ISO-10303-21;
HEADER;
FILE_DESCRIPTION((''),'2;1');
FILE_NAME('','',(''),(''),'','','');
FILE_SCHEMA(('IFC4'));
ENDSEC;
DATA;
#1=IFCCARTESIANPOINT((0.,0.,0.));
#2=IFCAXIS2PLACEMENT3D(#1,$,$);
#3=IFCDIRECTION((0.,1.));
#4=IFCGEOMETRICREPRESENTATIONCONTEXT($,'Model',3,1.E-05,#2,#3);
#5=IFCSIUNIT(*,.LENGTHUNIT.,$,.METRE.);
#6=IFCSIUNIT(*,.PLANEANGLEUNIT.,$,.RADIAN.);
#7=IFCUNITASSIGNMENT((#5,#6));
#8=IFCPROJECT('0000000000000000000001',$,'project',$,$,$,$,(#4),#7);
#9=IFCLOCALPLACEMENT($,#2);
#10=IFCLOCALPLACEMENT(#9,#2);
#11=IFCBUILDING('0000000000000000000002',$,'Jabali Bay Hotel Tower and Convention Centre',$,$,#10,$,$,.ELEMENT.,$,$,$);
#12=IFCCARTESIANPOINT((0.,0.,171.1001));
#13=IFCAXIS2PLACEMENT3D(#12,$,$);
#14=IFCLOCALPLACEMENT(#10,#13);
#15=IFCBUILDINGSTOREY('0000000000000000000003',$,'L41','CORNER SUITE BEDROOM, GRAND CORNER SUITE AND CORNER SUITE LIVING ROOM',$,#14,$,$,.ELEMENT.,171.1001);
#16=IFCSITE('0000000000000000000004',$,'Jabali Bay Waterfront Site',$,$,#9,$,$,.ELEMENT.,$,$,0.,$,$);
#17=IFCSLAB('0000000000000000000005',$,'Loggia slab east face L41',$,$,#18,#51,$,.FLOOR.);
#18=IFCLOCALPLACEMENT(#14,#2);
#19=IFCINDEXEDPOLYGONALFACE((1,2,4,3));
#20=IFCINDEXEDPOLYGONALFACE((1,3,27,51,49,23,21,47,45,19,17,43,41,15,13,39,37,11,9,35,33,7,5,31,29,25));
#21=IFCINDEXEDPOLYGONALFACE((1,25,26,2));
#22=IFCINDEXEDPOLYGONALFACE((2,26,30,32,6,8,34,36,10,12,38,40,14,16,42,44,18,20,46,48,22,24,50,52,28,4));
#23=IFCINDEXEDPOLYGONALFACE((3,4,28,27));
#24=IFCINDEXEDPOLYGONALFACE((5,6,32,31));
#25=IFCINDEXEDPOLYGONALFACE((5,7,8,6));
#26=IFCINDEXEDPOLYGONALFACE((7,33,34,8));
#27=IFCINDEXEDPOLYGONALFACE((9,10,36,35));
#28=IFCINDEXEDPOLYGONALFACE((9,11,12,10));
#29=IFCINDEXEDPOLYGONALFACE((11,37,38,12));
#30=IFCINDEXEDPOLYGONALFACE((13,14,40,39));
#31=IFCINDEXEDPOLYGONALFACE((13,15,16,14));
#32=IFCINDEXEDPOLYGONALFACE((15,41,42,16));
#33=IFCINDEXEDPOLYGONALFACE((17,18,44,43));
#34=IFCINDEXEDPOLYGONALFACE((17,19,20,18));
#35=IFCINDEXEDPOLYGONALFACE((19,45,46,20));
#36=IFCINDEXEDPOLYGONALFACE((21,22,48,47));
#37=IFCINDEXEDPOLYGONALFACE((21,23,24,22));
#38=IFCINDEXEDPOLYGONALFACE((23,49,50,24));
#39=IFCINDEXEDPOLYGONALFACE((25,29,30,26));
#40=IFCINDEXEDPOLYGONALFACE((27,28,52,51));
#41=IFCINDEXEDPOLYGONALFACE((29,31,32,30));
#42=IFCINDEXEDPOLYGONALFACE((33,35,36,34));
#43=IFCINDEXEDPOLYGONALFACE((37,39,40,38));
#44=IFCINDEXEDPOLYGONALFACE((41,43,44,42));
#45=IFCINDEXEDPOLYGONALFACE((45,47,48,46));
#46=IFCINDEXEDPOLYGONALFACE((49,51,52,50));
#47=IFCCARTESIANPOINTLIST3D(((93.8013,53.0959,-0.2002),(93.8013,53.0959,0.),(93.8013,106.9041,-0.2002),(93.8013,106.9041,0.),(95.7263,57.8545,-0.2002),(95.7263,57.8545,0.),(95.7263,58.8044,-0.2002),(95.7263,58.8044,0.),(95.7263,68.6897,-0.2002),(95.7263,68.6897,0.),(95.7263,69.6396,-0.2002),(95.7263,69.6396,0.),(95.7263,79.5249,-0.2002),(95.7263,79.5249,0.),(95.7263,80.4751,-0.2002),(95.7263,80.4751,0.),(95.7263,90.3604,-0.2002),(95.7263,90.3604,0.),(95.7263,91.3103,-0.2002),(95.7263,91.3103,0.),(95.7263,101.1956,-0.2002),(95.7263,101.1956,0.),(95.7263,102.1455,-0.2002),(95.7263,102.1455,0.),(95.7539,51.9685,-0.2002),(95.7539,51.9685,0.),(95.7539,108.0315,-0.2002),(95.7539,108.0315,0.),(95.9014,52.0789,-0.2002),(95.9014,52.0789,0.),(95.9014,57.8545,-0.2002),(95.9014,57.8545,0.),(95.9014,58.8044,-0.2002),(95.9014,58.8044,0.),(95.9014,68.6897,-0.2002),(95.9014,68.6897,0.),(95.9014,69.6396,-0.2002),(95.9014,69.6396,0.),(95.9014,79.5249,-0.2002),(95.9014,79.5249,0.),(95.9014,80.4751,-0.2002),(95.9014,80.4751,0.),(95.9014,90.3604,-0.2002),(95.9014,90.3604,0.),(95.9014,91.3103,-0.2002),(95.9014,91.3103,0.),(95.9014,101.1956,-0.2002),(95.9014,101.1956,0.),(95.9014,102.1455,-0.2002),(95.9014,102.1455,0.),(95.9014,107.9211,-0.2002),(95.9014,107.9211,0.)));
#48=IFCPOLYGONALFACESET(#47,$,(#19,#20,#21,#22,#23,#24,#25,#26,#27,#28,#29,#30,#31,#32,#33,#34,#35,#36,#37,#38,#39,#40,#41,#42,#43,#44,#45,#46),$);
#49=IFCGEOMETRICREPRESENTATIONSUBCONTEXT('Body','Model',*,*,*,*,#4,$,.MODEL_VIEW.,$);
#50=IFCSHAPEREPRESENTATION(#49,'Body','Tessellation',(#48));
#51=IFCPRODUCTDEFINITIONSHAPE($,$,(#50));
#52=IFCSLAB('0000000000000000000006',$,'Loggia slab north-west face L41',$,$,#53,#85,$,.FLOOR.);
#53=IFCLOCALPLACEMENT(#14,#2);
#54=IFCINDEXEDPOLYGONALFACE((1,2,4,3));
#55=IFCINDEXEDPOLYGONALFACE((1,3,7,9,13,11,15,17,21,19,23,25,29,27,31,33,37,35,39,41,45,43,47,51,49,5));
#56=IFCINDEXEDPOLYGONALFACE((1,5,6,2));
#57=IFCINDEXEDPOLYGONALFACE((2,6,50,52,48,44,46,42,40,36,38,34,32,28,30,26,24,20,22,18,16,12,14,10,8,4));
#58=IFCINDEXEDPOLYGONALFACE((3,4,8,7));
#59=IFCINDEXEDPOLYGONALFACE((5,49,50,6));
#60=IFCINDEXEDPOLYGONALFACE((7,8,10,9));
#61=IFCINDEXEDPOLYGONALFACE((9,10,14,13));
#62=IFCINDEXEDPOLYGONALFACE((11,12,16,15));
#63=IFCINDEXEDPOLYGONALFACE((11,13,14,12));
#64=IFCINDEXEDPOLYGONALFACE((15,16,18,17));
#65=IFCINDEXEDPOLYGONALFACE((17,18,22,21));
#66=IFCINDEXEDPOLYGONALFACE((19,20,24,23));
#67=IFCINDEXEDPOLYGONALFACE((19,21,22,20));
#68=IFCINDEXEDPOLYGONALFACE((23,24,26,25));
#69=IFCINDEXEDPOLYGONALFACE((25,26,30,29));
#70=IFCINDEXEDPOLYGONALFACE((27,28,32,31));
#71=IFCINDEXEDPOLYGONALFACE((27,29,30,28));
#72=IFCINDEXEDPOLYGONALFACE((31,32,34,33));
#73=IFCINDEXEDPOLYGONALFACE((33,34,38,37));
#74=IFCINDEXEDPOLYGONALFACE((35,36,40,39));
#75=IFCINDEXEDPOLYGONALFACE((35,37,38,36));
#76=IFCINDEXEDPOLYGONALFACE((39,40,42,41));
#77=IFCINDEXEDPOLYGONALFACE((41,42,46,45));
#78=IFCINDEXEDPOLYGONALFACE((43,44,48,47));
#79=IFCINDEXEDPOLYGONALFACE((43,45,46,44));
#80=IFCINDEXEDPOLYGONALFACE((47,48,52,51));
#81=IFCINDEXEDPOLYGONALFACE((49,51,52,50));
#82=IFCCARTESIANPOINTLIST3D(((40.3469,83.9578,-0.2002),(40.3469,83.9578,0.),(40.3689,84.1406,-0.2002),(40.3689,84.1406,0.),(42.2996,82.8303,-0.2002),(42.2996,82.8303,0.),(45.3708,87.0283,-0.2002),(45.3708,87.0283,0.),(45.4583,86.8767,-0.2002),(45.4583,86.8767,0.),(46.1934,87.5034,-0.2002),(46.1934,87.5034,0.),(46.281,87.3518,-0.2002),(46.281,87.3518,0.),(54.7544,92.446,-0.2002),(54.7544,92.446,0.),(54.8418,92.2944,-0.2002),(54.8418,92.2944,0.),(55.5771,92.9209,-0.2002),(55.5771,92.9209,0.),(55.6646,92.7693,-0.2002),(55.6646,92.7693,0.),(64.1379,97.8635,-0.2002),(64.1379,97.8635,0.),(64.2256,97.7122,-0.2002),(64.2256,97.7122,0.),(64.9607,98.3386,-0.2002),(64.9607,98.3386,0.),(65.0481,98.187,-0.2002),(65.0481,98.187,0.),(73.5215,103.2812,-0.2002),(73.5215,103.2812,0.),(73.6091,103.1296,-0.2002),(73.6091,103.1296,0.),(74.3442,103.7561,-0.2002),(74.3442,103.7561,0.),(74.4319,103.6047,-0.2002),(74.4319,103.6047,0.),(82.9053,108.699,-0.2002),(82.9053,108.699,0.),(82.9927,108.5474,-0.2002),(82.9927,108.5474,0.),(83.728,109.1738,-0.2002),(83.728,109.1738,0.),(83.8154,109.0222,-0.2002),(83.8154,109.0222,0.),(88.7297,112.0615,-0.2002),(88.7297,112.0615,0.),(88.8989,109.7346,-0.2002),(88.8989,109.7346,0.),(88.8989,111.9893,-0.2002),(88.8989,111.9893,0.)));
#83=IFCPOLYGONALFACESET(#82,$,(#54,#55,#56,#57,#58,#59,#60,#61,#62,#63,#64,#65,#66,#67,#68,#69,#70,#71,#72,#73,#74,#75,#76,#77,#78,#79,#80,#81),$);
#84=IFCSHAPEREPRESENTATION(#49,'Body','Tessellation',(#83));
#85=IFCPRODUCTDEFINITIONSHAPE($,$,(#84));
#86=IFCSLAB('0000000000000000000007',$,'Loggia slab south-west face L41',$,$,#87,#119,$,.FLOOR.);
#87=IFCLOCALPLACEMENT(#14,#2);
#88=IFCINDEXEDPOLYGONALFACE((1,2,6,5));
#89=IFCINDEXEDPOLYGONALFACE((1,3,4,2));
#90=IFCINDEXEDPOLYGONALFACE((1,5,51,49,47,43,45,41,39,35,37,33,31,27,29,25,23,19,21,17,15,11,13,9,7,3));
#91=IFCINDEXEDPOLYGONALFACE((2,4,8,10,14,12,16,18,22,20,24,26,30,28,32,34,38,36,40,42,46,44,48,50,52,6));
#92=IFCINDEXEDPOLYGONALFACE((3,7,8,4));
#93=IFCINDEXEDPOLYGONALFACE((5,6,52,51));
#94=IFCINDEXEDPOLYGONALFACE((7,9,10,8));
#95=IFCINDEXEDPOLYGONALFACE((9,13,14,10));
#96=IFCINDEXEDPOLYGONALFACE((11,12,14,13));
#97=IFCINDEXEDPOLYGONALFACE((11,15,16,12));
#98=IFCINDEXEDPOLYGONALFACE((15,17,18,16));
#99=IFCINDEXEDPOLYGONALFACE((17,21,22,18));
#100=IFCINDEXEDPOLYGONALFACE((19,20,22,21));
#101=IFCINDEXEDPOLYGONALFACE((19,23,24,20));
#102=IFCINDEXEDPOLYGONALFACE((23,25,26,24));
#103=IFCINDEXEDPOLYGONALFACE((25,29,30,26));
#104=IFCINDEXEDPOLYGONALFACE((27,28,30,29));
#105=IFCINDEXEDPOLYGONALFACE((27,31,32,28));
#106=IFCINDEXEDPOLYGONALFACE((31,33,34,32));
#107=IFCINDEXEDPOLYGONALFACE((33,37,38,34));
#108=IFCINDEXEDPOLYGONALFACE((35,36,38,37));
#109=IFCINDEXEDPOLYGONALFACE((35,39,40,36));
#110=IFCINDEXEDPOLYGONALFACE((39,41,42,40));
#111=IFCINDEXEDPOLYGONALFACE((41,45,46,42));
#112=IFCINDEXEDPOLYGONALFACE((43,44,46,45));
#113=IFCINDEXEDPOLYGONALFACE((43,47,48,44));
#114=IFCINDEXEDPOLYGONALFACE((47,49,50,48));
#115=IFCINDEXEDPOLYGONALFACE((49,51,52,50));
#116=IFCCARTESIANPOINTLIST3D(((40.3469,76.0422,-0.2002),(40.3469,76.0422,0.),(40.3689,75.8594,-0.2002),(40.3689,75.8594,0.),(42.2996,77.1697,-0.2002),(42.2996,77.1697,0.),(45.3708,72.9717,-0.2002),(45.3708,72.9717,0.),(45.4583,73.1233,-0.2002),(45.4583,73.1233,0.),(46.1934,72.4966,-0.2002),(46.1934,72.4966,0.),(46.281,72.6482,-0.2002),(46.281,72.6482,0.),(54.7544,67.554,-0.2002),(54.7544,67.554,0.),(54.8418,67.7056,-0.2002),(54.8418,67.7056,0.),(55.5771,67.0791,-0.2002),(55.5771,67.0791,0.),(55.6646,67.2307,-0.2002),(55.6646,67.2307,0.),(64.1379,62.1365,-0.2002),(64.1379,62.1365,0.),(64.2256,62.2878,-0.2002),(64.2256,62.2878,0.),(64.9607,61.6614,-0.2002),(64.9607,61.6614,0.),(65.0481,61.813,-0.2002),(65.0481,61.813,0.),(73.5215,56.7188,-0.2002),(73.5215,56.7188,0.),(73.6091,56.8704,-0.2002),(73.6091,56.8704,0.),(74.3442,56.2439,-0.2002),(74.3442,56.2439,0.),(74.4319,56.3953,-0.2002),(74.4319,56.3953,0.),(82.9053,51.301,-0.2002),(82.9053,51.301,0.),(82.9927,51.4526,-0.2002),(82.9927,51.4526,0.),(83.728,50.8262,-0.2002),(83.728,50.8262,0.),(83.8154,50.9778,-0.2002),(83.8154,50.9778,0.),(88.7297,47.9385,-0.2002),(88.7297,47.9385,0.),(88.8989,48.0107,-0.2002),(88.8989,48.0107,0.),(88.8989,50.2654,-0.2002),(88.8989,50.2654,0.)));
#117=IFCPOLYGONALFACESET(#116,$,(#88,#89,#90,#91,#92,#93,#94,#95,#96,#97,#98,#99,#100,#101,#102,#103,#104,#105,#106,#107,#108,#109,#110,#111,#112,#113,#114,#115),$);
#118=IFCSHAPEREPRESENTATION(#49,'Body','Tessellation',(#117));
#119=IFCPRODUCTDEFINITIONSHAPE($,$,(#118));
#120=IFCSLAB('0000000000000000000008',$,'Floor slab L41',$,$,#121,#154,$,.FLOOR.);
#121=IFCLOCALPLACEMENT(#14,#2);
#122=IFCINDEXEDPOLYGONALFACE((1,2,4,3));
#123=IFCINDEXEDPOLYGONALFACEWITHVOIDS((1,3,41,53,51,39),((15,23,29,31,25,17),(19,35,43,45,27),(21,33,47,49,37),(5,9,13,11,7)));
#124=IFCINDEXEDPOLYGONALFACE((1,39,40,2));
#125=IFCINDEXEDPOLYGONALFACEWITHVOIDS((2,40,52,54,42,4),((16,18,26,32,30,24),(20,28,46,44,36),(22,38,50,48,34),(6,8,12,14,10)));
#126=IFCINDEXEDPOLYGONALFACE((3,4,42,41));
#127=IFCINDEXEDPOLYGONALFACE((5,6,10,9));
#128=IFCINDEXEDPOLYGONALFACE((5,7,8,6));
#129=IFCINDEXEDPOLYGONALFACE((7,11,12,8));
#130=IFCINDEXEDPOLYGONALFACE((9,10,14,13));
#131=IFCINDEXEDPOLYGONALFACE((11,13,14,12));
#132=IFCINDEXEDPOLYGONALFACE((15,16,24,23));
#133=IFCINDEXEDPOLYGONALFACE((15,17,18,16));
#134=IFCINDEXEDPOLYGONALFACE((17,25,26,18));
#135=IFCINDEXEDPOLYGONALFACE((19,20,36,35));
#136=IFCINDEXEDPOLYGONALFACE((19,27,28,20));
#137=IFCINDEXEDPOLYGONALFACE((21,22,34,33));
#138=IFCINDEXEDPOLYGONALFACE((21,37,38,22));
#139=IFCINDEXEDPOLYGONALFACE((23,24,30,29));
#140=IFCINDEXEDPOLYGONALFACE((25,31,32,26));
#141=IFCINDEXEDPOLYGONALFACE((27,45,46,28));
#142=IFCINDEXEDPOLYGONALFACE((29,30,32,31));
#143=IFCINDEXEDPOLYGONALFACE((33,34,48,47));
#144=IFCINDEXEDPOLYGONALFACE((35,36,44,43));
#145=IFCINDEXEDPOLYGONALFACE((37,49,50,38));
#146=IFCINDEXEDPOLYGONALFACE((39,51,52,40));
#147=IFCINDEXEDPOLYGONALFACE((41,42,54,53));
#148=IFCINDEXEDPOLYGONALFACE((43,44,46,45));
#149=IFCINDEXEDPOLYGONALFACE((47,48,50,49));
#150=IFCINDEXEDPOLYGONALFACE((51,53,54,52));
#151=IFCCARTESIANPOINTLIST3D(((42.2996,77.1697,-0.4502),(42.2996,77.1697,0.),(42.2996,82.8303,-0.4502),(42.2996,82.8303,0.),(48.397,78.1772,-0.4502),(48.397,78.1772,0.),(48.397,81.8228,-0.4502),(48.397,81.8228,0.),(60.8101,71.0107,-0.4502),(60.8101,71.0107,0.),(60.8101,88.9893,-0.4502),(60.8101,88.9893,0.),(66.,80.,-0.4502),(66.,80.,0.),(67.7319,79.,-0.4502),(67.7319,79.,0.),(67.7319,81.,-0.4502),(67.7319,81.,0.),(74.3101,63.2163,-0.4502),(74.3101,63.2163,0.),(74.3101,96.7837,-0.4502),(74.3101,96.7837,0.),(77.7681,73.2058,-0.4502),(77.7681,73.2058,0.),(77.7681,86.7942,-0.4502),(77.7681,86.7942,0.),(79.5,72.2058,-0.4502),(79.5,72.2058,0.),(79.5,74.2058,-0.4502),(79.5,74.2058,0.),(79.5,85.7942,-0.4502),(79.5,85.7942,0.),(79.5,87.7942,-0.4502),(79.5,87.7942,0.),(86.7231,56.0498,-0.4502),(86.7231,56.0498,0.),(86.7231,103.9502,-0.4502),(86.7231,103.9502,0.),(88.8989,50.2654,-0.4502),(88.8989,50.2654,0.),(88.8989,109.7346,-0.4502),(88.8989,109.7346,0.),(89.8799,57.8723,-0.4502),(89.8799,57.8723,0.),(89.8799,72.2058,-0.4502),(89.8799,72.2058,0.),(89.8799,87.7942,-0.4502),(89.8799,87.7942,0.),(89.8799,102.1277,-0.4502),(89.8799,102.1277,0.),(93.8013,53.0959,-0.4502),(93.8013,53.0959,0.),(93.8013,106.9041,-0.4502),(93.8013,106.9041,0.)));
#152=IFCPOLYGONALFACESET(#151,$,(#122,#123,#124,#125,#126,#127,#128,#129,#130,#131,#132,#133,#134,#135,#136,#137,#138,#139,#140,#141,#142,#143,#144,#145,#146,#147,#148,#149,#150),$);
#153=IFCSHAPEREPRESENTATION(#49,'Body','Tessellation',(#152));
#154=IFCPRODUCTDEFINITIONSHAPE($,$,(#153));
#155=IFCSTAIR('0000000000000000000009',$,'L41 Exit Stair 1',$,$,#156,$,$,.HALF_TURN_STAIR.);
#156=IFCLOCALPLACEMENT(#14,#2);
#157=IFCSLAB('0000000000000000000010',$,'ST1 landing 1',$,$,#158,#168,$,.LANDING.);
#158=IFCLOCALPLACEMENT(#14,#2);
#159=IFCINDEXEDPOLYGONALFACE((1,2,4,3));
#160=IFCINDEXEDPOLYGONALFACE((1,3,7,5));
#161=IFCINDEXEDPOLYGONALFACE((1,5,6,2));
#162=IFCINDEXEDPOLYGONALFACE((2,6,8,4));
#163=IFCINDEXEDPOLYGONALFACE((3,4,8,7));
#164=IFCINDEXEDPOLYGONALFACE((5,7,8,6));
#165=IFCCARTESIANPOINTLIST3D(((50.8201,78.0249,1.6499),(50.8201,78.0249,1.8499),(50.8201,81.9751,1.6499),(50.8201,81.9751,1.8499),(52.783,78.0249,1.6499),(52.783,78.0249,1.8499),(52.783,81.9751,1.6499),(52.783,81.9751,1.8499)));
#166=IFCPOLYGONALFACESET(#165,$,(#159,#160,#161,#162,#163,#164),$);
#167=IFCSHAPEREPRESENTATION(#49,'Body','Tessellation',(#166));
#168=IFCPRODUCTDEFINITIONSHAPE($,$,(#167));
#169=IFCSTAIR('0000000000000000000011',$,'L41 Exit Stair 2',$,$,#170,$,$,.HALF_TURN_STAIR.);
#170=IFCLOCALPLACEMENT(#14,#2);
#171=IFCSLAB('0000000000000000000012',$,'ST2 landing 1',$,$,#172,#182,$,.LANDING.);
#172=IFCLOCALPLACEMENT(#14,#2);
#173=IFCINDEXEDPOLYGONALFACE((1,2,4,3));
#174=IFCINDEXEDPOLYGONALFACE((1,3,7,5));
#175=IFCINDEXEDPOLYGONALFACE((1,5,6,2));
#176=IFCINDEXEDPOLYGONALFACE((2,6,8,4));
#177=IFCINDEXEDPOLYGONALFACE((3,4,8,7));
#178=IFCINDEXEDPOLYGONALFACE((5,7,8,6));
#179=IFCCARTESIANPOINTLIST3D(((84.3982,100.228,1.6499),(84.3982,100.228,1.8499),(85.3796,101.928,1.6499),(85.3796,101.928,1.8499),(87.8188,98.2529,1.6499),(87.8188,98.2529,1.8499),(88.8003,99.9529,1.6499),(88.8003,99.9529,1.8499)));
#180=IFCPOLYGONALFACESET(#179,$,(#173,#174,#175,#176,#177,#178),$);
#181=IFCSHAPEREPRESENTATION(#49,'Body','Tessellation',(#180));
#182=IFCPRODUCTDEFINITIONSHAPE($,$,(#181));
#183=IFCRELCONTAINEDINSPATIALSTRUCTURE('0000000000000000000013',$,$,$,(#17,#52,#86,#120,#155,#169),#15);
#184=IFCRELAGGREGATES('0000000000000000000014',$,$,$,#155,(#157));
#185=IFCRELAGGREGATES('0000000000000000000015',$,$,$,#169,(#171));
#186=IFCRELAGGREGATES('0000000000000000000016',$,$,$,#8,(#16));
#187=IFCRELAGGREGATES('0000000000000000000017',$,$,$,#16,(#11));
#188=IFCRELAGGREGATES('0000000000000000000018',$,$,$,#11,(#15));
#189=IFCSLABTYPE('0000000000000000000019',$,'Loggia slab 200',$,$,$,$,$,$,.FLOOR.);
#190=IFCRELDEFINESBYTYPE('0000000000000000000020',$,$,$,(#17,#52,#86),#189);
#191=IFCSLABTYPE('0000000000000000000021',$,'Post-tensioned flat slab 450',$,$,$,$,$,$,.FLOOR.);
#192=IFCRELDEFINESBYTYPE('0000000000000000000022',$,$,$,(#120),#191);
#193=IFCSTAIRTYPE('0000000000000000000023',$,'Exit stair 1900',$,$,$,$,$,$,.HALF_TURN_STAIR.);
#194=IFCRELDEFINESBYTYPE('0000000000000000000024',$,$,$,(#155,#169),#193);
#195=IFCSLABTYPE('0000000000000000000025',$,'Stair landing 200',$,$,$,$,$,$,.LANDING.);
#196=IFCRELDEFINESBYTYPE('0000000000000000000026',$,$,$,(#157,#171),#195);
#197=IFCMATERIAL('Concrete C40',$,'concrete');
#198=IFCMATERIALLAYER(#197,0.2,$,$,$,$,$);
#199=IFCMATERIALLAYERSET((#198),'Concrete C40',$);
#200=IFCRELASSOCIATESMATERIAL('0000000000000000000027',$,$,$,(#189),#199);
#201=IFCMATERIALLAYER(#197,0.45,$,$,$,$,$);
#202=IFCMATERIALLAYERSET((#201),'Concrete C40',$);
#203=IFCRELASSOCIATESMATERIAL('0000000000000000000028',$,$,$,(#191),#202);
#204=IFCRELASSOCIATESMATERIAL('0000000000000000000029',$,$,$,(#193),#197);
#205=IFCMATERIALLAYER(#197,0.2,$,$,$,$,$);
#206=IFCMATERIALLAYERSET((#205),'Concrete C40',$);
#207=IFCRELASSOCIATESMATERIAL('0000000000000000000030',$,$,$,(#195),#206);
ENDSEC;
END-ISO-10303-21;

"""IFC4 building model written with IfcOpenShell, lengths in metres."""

from ifc_helpers import new_model, si_unit, direction, frame, origin, place, context, subcontext, project, spatial, polyline, outline, extrude, material, layer, layer_set, type_object, element, aggregate, save


model = new_model("IFC4")

# Units and contexts
model_context = context("Model", 3, precision=1e-05, world=origin(), true_north=direction((0.0, 1.0)))
body_context = subcontext(model_context, "Body", "Model", "MODEL_VIEW")
ifc_project = project(units=[si_unit("LENGTHUNIT", "METRE"), si_unit("PLANEANGLEUNIT", "RADIAN")], contexts=[model_context])

# Site, building, storey
site_placement = place(None, origin())
site = spatial("IfcSite", under=ifc_project, at=site_placement, Name="Jabali Bay Waterfront Site", CompositionType="ELEMENT", RefElevation=0.0)
building_placement = place(site_placement, origin())
building = spatial("IfcBuilding", under=site, at=building_placement, Name="Jabali Bay Hotel Tower and Convention Centre", CompositionType="ELEMENT")
storey_placement = place(building_placement, frame((0.0, 0.0, 171.1001)))
storey = spatial("IfcBuildingStorey", under=building, at=storey_placement, Name="L41", Description="CORNER SUITE BEDROOM, GRAND CORNER SUITE AND CORNER SUITE LIVING ROOM", CompositionType="ELEMENT", Elevation=171.1001)

# Slabs
ifc_material_1 = material(Name="Concrete C40", Category="concrete")
ifc_layer_1 = layer(ifc_material_1, 0.2)
ifc_layer_set_1 = layer_set([ifc_layer_1], Name="Concrete C40")
slab_type_1 = type_object("IfcSlabType", Name="Loggia slab 200", PredefinedType="FLOOR", material=ifc_layer_set_1)
slab_1_placement = place(storey_placement, frame((0.0, 0.0, -0.2002)))
element("IfcSlab", 1, at=slab_1_placement, inside=storey, type_object=slab_type_1, Name="Loggia slab east face L41", PredefinedType="FLOOR", context=body_context, shape_type="SweptSolid", body=[
    extrude(outline(polyline([(93.8013, 106.9041), (95.7539, 108.0315), (95.9014, 107.9211), (95.9014, 102.1455), (95.7263, 102.1455), (95.7263, 101.1956), (95.9014, 101.1956), (95.9014, 91.3103), (95.7263, 91.3103), (95.7263, 90.3604), (95.9014, 90.3604), (95.9014, 80.4751), (95.7263, 80.4751), (95.7263, 79.5249), (95.9014, 79.5249), (95.9014, 69.6396), (95.7263, 69.6396), (95.7263, 68.6897), (95.9014, 68.6897), (95.9014, 58.8044), (95.7263, 58.8044), (95.7263, 57.8545), (95.9014, 57.8545), (95.9014, 52.0789), (95.7539, 51.9685), (93.8013, 53.0959), (93.8013, 106.9041)])), origin(), (0.0, 0.0, 1.0), 0.2002),
])
slab_2_placement = place(storey_placement, frame((0.0, 0.0, -0.2002)))
element("IfcSlab", 2, at=slab_2_placement, inside=storey, type_object=slab_type_1, Name="Loggia slab north-west face L41", PredefinedType="FLOOR", context=body_context, shape_type="SweptSolid", body=[
    extrude(outline(polyline([(42.2996, 82.8303), (40.3469, 83.9578), (40.3689, 84.1406), (45.3708, 87.0283), (45.4583, 86.8767), (46.281, 87.3518), (46.1934, 87.5034), (54.7544, 92.446), (54.8418, 92.2944), (55.6646, 92.7693), (55.5771, 92.9209), (64.1379, 97.8635), (64.2256, 97.7122), (65.0481, 98.187), (64.9607, 98.3386), (73.5215, 103.2812), (73.6091, 103.1296), (74.4319, 103.6047), (74.3442, 103.7561), (82.9053, 108.699), (82.9927, 108.5474), (83.8154, 109.0222), (83.728, 109.1738), (88.7297, 112.0615), (88.8989, 111.9893), (88.8989, 109.7346), (42.2996, 82.8303)])), origin(), (0.0, 0.0, 1.0), 0.2002),
])
slab_3_placement = place(storey_placement, frame((0.0, 0.0, -0.2002)))
element("IfcSlab", 3, at=slab_3_placement, inside=storey, type_object=slab_type_1, Name="Loggia slab south-west face L41", PredefinedType="FLOOR", context=body_context, shape_type="SweptSolid", body=[
    extrude(outline(polyline([(88.8989, 50.2654), (88.8989, 48.0107), (88.7297, 47.9385), (83.728, 50.8262), (83.8154, 50.9778), (82.9927, 51.4526), (82.9053, 51.301), (74.3442, 56.2439), (74.4319, 56.3953), (73.6091, 56.8704), (73.5215, 56.7188), (64.9607, 61.6614), (65.0481, 61.813), (64.2256, 62.2878), (64.1379, 62.1365), (55.5771, 67.0791), (55.6646, 67.2307), (54.8418, 67.7056), (54.7544, 67.554), (46.1934, 72.4966), (46.281, 72.6482), (45.4583, 73.1233), (45.3708, 72.9717), (40.3689, 75.8594), (40.3469, 76.0422), (42.2996, 77.1697), (88.8989, 50.2654)])), origin(), (0.0, 0.0, 1.0), 0.2002),
])
ifc_layer_2 = layer(ifc_material_1, 0.45)
ifc_layer_set_2 = layer_set([ifc_layer_2], Name="Concrete C40")
slab_type_2 = type_object("IfcSlabType", Name="Post-tensioned flat slab 450", PredefinedType="FLOOR", material=ifc_layer_set_2)
slab_4_placement = place(storey_placement, frame((0.0, 0.0, -0.4502)))
element("IfcSlab", 4, at=slab_4_placement, inside=storey, type_object=slab_type_2, Name="Floor slab L41", PredefinedType="FLOOR", context=body_context, shape_type="SweptSolid", body=[
    extrude(outline(polyline([(88.8989, 109.7346), (93.8013, 106.9041), (93.8013, 53.0959), (88.8989, 50.2654), (42.2996, 77.1697), (42.2996, 82.8303), (88.8989, 109.7346)]), holes=[polyline([(67.7319, 79.0), (77.7681, 73.2058), (79.5, 74.2058), (79.5, 85.7942), (77.7681, 86.7942), (67.7319, 81.0), (67.7319, 79.0)]), polyline([(48.397, 78.1772), (60.8101, 71.0107), (66.0, 80.0), (60.8101, 88.9893), (48.397, 81.8228), (48.397, 78.1772)]), polyline([(89.8799, 102.1277), (86.7231, 103.9502), (74.3101, 96.7837), (79.5, 87.7942), (89.8799, 87.7942), (89.8799, 102.1277)]), polyline([(74.3101, 63.2163), (86.7231, 56.0498), (89.8799, 57.8723), (89.8799, 72.2058), (79.5, 72.2058), (74.3101, 63.2163)])]), origin(), (0.0, 0.0, 1.0), 0.4502),
])

# Stairs, slabs
stair_type = type_object("IfcStairType", Name="Exit stair 1900", PredefinedType="HALF_TURN_STAIR", material=ifc_material_1)
stair_1_placement = place(storey_placement, origin())
stair_1 = element("IfcStair", 5, at=stair_1_placement, inside=storey, type_object=stair_type, Name="L41 Exit Stair 1", PredefinedType="HALF_TURN_STAIR")
ifc_layer_3 = layer(ifc_material_1, 0.2)
ifc_layer_set_3 = layer_set([ifc_layer_3], Name="Concrete C40")
slab_type_3 = type_object("IfcSlabType", Name="Stair landing 200", PredefinedType="LANDING", material=ifc_layer_set_3)
slab_5_placement = place(storey_placement, frame((0.0, 0.0, 1.6499)))
slab_5 = element("IfcSlab", 6, at=slab_5_placement, type_object=slab_type_3, Name="ST1 landing 1", PredefinedType="LANDING", context=body_context, shape_type="SweptSolid", body=[
    extrude(outline(polyline([(52.783, 81.9751), (50.8201, 81.9751), (50.8201, 78.0249), (52.783, 78.0249), (52.783, 81.9751)])), origin(), (0.0, 0.0, 1.0), 0.2),
])
aggregate(stair_1, [slab_5])
stair_2_placement = place(storey_placement, origin())
stair_2 = element("IfcStair", 7, at=stair_2_placement, inside=storey, type_object=stair_type, Name="L41 Exit Stair 2", PredefinedType="HALF_TURN_STAIR")
slab_6_placement = place(storey_placement, frame((0.0, 0.0, 1.6499)))
slab_6 = element("IfcSlab", 8, at=slab_6_placement, type_object=slab_type_3, Name="ST2 landing 1", PredefinedType="LANDING", context=body_context, shape_type="SweptSolid", body=[
    extrude(outline(polyline([(87.8188, 98.2529), (88.8003, 99.9529), (85.3796, 101.928), (84.3982, 100.228), (87.8188, 98.2529)])), origin(), (0.0, 0.0, 1.0), 0.2),
])
aggregate(stair_2, [slab_6])

save(model, "model.ifc")
